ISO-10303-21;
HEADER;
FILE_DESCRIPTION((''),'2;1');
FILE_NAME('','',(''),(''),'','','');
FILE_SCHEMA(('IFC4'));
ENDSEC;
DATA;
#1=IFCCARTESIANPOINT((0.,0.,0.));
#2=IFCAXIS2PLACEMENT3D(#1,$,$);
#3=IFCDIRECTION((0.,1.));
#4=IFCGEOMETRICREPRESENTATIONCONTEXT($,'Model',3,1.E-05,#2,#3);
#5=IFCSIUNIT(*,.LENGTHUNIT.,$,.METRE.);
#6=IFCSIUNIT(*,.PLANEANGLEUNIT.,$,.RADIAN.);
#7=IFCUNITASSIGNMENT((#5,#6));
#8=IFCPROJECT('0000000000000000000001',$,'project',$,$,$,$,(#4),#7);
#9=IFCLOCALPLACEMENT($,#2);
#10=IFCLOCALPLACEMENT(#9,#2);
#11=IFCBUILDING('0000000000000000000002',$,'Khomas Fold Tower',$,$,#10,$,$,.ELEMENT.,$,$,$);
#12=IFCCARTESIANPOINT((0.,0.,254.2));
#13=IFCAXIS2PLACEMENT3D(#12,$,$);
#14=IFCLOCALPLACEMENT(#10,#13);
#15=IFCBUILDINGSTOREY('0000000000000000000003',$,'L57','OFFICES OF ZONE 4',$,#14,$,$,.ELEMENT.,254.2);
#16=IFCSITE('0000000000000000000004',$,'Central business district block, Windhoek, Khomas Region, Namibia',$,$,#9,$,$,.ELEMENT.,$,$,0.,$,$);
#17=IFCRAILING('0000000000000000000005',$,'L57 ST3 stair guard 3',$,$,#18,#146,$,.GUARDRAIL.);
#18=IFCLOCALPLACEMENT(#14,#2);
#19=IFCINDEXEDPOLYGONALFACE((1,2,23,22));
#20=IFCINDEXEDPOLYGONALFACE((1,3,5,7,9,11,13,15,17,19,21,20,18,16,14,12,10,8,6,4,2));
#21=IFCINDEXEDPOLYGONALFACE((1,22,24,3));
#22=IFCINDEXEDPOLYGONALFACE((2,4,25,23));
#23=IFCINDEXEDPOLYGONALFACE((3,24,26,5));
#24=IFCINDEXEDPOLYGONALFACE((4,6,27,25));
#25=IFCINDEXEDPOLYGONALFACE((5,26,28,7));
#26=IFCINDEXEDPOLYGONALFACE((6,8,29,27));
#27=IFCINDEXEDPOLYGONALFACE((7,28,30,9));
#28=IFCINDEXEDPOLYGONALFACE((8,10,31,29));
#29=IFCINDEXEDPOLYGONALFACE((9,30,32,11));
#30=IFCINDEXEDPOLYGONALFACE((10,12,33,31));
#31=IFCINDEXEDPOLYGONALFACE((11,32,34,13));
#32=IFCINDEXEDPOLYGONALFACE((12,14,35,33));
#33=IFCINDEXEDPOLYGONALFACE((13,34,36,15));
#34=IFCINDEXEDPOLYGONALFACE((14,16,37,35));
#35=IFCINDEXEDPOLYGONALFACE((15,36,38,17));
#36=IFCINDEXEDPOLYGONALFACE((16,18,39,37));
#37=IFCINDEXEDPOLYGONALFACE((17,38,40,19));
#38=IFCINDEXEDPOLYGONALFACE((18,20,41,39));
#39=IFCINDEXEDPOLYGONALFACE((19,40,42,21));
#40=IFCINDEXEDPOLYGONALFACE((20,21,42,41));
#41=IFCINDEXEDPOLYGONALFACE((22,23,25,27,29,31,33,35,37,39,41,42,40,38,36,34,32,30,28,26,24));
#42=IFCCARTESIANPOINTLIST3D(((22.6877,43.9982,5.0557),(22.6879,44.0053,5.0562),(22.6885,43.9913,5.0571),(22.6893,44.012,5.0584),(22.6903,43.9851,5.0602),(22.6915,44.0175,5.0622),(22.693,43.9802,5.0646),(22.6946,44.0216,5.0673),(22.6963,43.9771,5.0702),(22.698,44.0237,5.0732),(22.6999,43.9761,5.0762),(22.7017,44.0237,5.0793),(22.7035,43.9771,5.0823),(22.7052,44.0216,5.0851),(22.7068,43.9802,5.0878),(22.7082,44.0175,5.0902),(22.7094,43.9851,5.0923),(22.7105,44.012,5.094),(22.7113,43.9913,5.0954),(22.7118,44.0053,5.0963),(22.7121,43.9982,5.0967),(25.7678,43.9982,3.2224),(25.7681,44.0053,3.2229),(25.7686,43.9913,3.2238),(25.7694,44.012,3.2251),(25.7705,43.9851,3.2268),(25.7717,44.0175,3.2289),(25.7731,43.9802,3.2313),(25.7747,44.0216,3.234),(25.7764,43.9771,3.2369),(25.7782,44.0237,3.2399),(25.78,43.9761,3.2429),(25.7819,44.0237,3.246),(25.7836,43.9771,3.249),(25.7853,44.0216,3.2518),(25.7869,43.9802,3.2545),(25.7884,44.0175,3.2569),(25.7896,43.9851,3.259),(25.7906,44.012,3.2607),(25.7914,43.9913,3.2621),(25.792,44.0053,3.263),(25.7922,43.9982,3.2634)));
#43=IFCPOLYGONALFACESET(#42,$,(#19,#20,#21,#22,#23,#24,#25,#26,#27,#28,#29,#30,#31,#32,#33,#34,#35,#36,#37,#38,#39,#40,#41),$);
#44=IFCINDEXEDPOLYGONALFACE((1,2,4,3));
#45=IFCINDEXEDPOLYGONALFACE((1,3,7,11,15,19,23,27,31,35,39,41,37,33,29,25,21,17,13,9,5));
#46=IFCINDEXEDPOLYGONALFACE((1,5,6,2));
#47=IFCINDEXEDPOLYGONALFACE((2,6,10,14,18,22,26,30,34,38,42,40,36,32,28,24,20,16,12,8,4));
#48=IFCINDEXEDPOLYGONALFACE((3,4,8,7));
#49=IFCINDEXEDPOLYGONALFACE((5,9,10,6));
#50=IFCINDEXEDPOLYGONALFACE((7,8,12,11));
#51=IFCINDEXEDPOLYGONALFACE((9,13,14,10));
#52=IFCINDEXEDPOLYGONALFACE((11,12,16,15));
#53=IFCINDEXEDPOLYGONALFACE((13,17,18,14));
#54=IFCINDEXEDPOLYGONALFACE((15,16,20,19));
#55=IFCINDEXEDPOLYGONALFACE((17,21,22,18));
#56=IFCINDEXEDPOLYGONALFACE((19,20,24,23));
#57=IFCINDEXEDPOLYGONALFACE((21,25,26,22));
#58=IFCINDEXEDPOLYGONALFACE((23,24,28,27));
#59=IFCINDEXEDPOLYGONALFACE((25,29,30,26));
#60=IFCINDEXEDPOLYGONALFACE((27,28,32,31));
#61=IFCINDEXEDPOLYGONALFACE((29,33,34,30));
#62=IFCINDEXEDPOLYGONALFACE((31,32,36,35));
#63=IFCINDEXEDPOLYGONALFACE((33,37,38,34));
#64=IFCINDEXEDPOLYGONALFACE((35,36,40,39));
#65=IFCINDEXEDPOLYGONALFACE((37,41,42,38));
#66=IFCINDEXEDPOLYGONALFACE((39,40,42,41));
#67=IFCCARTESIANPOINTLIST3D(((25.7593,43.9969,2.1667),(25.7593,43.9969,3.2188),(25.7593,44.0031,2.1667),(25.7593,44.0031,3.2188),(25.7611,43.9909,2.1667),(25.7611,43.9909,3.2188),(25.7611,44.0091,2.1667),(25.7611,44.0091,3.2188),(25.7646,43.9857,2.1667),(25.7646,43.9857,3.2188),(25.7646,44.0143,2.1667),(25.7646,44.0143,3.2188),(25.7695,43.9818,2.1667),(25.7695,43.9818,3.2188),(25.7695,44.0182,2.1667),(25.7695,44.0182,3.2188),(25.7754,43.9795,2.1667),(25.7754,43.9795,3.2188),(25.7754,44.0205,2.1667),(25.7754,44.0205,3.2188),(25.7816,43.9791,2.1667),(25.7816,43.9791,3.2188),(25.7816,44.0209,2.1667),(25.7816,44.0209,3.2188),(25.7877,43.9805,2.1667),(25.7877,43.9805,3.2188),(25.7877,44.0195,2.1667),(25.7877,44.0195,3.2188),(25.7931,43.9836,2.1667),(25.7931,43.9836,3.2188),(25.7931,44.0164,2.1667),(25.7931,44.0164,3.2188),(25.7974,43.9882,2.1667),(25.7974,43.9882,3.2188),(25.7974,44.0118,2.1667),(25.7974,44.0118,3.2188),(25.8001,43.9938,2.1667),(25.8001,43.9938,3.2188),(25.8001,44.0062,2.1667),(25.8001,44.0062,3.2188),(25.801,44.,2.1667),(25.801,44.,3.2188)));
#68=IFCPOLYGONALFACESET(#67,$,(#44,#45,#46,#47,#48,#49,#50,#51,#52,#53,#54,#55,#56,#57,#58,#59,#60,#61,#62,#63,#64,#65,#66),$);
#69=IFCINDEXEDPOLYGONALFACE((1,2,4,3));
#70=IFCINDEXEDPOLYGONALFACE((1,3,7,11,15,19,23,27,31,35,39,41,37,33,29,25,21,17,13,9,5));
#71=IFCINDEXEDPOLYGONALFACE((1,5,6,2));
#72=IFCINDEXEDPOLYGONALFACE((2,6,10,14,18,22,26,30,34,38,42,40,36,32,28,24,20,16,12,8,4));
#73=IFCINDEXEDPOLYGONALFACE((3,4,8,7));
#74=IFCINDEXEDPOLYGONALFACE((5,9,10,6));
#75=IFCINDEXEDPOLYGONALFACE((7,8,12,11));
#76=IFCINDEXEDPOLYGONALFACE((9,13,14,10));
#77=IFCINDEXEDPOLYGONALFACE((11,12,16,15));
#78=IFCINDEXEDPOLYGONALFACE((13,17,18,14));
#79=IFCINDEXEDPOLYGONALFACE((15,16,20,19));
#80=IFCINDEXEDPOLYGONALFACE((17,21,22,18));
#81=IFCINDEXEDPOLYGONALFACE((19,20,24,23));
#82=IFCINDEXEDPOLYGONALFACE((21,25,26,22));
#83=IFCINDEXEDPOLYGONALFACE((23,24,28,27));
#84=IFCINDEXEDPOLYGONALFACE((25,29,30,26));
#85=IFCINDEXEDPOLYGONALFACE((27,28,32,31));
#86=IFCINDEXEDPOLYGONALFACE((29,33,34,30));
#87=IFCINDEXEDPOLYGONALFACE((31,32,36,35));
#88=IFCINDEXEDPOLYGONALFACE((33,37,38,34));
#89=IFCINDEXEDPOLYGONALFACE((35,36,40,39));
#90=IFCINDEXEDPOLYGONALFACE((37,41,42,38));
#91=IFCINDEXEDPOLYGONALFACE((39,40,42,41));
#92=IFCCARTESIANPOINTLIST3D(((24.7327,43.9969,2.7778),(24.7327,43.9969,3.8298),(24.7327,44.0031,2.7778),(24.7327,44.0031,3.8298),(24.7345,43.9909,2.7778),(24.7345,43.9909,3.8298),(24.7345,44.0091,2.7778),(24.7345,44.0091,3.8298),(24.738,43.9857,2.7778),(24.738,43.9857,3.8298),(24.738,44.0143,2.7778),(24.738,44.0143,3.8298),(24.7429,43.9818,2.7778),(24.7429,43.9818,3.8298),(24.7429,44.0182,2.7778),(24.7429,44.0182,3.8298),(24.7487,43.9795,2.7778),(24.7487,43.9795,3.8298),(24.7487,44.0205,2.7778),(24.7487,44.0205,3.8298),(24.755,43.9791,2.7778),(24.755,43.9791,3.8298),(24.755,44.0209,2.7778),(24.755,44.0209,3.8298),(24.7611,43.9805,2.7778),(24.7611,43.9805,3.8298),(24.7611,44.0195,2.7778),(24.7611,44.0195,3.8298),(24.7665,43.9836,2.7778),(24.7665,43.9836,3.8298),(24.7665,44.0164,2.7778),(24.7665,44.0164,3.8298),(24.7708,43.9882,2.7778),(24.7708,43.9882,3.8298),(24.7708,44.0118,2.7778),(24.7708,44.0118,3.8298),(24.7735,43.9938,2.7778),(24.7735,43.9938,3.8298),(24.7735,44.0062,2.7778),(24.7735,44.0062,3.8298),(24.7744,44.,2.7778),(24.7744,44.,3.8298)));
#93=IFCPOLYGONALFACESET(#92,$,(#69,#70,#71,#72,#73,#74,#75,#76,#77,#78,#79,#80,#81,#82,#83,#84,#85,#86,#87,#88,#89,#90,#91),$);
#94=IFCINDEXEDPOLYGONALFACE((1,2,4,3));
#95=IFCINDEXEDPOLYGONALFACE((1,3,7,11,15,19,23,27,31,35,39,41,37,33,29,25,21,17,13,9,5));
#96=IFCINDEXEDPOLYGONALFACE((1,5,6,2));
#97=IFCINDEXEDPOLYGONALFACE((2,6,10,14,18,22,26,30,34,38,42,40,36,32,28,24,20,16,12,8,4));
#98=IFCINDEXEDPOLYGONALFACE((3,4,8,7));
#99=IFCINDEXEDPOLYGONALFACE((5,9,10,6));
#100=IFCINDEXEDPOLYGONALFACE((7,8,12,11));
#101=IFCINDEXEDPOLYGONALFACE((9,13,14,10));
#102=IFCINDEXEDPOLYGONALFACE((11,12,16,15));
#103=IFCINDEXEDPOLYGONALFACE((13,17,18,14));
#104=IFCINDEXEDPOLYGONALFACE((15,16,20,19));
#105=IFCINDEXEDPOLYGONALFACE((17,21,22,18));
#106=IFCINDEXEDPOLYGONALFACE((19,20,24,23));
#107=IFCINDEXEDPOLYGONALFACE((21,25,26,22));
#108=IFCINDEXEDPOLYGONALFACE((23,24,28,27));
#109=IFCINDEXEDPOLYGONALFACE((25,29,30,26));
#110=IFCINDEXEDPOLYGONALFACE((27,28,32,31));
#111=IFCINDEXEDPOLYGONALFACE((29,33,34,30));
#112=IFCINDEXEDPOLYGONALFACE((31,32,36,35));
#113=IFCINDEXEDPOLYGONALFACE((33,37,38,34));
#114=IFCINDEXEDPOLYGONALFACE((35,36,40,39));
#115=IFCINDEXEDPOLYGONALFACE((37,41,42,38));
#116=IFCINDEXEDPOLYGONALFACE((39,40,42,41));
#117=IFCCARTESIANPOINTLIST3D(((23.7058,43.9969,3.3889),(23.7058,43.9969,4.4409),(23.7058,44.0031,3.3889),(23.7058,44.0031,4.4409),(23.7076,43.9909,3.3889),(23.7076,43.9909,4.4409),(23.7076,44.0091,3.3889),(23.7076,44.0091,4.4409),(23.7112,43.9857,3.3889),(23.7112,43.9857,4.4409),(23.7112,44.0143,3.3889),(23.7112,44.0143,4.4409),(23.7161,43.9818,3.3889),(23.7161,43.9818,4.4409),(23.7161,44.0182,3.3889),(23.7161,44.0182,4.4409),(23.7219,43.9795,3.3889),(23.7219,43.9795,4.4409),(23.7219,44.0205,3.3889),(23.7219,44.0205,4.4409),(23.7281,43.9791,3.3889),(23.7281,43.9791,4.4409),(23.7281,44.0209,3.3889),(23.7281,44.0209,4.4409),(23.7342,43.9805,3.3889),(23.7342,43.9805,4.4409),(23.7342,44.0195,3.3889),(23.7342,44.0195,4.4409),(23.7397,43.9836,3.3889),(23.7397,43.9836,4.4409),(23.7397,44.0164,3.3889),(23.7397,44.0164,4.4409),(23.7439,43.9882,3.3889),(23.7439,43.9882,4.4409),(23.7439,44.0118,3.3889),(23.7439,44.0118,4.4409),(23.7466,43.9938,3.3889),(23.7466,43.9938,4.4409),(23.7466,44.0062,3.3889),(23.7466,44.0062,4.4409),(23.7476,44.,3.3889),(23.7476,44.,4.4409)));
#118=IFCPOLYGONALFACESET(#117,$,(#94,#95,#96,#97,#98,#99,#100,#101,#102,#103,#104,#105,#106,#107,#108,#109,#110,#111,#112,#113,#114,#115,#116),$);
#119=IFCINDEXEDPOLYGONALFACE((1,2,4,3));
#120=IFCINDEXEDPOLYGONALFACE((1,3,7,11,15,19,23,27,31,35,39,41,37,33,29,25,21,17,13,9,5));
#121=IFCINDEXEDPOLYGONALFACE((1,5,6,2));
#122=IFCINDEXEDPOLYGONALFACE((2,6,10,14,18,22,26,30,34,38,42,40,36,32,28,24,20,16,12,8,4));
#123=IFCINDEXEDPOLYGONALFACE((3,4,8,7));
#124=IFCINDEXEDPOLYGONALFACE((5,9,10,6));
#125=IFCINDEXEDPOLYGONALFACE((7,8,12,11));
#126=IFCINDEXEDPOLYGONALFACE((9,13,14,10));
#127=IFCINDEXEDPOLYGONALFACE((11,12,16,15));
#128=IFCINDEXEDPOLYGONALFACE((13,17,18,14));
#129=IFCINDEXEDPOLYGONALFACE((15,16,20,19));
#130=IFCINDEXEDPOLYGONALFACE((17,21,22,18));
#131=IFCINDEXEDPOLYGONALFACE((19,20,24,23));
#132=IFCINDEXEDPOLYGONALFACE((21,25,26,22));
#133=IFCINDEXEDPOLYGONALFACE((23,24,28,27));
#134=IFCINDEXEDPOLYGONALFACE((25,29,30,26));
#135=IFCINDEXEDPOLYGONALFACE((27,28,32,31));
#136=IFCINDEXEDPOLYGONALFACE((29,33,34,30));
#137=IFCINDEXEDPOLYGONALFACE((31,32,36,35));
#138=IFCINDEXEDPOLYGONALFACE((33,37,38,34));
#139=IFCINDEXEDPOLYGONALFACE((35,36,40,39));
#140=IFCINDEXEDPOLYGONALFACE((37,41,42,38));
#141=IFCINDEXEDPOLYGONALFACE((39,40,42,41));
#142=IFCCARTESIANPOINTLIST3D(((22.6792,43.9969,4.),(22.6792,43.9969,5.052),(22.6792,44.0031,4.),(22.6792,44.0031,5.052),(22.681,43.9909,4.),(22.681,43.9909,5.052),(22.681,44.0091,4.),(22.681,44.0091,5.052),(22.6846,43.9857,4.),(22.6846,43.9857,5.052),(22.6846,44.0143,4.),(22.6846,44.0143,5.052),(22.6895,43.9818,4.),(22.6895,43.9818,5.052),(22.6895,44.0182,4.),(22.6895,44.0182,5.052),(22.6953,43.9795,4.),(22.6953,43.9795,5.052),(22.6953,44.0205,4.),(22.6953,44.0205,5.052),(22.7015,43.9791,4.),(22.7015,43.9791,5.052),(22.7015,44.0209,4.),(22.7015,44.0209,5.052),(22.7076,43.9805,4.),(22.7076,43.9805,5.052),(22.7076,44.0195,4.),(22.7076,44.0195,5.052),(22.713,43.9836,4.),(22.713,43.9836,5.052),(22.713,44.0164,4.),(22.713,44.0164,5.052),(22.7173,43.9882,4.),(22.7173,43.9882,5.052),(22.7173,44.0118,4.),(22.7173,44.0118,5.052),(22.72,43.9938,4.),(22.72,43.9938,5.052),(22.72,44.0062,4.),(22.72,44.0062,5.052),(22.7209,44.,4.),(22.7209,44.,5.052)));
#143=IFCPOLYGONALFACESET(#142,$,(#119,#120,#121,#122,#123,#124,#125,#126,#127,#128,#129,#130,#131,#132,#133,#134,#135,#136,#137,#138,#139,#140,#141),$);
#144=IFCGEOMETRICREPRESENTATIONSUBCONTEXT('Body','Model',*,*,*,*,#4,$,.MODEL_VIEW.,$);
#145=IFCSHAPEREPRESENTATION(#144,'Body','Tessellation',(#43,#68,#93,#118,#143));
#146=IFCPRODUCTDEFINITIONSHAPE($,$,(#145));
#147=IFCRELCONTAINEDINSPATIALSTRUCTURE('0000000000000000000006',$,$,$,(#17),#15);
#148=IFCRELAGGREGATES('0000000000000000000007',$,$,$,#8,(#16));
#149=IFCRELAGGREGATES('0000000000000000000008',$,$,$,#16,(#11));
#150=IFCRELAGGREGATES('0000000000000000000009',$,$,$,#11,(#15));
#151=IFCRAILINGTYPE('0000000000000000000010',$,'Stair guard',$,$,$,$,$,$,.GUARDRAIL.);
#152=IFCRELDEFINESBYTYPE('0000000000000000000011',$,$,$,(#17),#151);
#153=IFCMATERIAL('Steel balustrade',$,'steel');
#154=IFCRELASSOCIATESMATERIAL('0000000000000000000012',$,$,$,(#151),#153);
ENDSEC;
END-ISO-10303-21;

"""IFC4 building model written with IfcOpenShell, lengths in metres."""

from ifc_helpers import new_model, si_unit, direction, frame, origin, origin_2d, place, context, subcontext, project, spatial, circle, extrude, source, transform, mapped, material, type_object, element, save


model = new_model("IFC4")

# Units and contexts
model_context = context("Model", 3, precision=1e-05, world=origin(), true_north=direction((0.0, 1.0)))
body_context = subcontext(model_context, "Body", "Model", "MODEL_VIEW")
ifc_project = project(units=[si_unit("LENGTHUNIT", "METRE"), si_unit("PLANEANGLEUNIT", "RADIAN")], contexts=[model_context])

# Site, building, storey
site_placement = place(None, origin())
site = spatial("IfcSite", under=ifc_project, at=site_placement, Name="Central business district block, Windhoek, Khomas Region, Namibia", CompositionType="ELEMENT", RefElevation=0.0)
building_placement = place(site_placement, origin())
building = spatial("IfcBuilding", under=site, at=building_placement, Name="Khomas Fold Tower", CompositionType="ELEMENT")
storey_placement = place(building_placement, frame((0.0, 0.0, 254.2)))
storey = spatial("IfcBuildingStorey", under=building, at=storey_placement, Name="L57", Description="OFFICES OF ZONE 4", CompositionType="ELEMENT", Elevation=254.2)

# Railing
ifc_material_1 = material(Name="Steel balustrade", Category="steel")
railing_type_1 = type_object("IfcRailingType", Name="Stair guard", PredefinedType="GUARDRAIL", material=ifc_material_1)
shared_shape_1 = source(origin(), body_context, "Body", "SweptSolid", [
    extrude(circle(Radius=0.0239, at=origin_2d()), frame((0.0, 0.0, 1.0762), z_axis=(-0.859309, 0.0, 0.511458), x_axis=(0.0, -1.0, 0.0)), (0.0, 0.0, 1.0), 3.5845),
    extrude(circle(Radius=0.021, at=origin_2d()), origin(), (0.0, 0.0, 1.0), 1.052),
    extrude(circle(Radius=0.021, at=origin_2d()), frame((-1.0266, 0.0, 0.6111)), (0.0, 0.0, 1.0), 1.052),
    extrude(circle(Radius=0.021, at=origin_2d()), frame((-2.0535, 0.0, 1.2222)), (0.0, 0.0, 1.0), 1.052),
    extrude(circle(Radius=0.021, at=origin_2d()), frame((-3.0801, 0.0, 1.8333)), (0.0, 0.0, 1.0), 1.052),
])
railing_1_placement = place(storey_placement, frame((25.78, 44.0, 2.1667)))
element("IfcRailing", 1, at=railing_1_placement, inside=storey, type_object=railing_type_1, Name="L57 ST3 stair guard 3", PredefinedType="GUARDRAIL", context=body_context, shape_type="MappedRepresentation", body=[
    mapped(shared_shape_1, transform((0.0, 0.0, 0.0))),
])

save(model, "model.ifc")
